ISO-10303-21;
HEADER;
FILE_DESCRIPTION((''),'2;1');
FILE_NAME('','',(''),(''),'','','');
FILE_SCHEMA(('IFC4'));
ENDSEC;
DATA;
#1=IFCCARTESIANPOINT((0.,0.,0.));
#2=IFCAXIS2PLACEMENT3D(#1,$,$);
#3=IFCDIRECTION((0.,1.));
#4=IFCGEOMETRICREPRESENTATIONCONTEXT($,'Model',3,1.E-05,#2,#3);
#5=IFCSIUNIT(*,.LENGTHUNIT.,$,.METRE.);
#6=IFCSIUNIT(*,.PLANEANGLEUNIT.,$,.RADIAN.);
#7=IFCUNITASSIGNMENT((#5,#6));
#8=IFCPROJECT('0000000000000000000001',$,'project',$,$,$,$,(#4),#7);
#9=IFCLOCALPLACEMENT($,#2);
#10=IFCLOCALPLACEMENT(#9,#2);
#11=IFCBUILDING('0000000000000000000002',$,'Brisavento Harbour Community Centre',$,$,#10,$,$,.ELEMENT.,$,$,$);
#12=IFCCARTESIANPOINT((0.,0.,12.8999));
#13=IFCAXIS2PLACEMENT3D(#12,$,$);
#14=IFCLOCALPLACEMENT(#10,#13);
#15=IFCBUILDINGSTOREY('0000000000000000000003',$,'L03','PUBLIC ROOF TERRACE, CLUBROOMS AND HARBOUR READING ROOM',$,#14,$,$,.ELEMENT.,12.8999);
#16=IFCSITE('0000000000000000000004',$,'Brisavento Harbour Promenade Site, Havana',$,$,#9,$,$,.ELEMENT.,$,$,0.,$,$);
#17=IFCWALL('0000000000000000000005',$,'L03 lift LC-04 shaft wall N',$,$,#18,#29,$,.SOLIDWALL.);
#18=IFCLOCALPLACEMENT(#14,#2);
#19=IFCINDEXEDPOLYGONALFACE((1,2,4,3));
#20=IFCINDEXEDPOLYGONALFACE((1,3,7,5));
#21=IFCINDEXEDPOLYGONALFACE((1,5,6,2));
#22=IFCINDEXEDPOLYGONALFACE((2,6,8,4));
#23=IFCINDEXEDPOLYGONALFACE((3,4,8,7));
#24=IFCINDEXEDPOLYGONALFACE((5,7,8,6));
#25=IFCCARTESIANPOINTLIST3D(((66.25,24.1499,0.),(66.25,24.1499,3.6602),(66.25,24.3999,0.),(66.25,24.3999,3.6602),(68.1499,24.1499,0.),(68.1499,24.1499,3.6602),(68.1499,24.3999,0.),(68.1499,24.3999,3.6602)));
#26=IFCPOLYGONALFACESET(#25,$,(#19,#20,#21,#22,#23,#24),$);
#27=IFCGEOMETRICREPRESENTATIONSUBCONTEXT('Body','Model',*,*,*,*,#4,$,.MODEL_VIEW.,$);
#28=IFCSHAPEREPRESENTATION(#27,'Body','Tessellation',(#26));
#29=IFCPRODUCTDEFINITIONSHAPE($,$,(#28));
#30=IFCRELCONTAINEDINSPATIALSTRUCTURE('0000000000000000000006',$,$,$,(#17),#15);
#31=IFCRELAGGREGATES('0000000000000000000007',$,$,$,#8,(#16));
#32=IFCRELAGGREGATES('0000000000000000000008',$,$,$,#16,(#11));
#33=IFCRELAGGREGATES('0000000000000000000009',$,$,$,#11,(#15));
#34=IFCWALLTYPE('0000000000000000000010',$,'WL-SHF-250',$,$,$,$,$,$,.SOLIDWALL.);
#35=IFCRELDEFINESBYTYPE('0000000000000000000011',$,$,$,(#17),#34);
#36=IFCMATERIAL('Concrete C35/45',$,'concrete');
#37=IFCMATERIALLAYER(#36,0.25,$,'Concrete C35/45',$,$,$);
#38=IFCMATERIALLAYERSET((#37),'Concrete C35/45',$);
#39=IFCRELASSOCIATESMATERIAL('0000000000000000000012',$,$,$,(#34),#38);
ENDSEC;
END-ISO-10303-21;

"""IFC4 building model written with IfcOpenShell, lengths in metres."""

from ifc_helpers import new_model, si_unit, direction, frame, frame_2d, origin, place, context, subcontext, project, spatial, rectangle, extrude, material, layer, layer_set, type_object, element, save


model = new_model("IFC4")

# Units and contexts
model_context = context("Model", 3, precision=1e-05, world=origin(), true_north=direction((0.0, 1.0)))
body_context = subcontext(model_context, "Body", "Model", "MODEL_VIEW")
ifc_project = project(units=[si_unit("LENGTHUNIT", "METRE"), si_unit("PLANEANGLEUNIT", "RADIAN")], contexts=[model_context])

# Site, building, storey
site_placement = place(None, origin())
site = spatial("IfcSite", under=ifc_project, at=site_placement, Name="Brisavento Harbour Promenade Site, Havana", CompositionType="ELEMENT", RefElevation=0.0)
building_placement = place(site_placement, origin())
building = spatial("IfcBuilding", under=site, at=building_placement, Name="Brisavento Harbour Community Centre", CompositionType="ELEMENT")
storey_placement = place(building_placement, frame((0.0, 0.0, 12.8999)))
storey = spatial("IfcBuildingStorey", under=building, at=storey_placement, Name="L03", Description="PUBLIC ROOF TERRACE, CLUBROOMS AND HARBOUR READING ROOM", CompositionType="ELEMENT", Elevation=12.8999)

# Shared definitions
ifc_material_1 = material(Name="Concrete C35/45", Category="concrete")

# Wall
ifc_layer_1 = layer(ifc_material_1, 0.25, Name="Concrete C35/45")
ifc_layer_set_1 = layer_set([ifc_layer_1], Name="Concrete C35/45")
wall_type_1 = type_object("IfcWallType", Name="WL-SHF-250", PredefinedType="SOLIDWALL", material=ifc_layer_set_1)
wall_1_placement = place(storey_placement, frame((68.1499, 24.2749, 0.0), z_axis=(0.0, 0.0, 1.0), x_axis=(-1.0, 0.0, 0.0)))
element("IfcWall", 1, at=wall_1_placement, inside=storey, type_object=wall_type_1, Name="L03 lift LC-04 shaft wall N", PredefinedType="SOLIDWALL", context=body_context, shape_type="SweptSolid", body=[
    extrude(rectangle(XDim=1.8999, YDim=0.25, at=frame_2d((0.95, 0.0))), origin(), (0.0, 0.0, 1.0), 3.6602),
])

save(model, "model.ifc")
